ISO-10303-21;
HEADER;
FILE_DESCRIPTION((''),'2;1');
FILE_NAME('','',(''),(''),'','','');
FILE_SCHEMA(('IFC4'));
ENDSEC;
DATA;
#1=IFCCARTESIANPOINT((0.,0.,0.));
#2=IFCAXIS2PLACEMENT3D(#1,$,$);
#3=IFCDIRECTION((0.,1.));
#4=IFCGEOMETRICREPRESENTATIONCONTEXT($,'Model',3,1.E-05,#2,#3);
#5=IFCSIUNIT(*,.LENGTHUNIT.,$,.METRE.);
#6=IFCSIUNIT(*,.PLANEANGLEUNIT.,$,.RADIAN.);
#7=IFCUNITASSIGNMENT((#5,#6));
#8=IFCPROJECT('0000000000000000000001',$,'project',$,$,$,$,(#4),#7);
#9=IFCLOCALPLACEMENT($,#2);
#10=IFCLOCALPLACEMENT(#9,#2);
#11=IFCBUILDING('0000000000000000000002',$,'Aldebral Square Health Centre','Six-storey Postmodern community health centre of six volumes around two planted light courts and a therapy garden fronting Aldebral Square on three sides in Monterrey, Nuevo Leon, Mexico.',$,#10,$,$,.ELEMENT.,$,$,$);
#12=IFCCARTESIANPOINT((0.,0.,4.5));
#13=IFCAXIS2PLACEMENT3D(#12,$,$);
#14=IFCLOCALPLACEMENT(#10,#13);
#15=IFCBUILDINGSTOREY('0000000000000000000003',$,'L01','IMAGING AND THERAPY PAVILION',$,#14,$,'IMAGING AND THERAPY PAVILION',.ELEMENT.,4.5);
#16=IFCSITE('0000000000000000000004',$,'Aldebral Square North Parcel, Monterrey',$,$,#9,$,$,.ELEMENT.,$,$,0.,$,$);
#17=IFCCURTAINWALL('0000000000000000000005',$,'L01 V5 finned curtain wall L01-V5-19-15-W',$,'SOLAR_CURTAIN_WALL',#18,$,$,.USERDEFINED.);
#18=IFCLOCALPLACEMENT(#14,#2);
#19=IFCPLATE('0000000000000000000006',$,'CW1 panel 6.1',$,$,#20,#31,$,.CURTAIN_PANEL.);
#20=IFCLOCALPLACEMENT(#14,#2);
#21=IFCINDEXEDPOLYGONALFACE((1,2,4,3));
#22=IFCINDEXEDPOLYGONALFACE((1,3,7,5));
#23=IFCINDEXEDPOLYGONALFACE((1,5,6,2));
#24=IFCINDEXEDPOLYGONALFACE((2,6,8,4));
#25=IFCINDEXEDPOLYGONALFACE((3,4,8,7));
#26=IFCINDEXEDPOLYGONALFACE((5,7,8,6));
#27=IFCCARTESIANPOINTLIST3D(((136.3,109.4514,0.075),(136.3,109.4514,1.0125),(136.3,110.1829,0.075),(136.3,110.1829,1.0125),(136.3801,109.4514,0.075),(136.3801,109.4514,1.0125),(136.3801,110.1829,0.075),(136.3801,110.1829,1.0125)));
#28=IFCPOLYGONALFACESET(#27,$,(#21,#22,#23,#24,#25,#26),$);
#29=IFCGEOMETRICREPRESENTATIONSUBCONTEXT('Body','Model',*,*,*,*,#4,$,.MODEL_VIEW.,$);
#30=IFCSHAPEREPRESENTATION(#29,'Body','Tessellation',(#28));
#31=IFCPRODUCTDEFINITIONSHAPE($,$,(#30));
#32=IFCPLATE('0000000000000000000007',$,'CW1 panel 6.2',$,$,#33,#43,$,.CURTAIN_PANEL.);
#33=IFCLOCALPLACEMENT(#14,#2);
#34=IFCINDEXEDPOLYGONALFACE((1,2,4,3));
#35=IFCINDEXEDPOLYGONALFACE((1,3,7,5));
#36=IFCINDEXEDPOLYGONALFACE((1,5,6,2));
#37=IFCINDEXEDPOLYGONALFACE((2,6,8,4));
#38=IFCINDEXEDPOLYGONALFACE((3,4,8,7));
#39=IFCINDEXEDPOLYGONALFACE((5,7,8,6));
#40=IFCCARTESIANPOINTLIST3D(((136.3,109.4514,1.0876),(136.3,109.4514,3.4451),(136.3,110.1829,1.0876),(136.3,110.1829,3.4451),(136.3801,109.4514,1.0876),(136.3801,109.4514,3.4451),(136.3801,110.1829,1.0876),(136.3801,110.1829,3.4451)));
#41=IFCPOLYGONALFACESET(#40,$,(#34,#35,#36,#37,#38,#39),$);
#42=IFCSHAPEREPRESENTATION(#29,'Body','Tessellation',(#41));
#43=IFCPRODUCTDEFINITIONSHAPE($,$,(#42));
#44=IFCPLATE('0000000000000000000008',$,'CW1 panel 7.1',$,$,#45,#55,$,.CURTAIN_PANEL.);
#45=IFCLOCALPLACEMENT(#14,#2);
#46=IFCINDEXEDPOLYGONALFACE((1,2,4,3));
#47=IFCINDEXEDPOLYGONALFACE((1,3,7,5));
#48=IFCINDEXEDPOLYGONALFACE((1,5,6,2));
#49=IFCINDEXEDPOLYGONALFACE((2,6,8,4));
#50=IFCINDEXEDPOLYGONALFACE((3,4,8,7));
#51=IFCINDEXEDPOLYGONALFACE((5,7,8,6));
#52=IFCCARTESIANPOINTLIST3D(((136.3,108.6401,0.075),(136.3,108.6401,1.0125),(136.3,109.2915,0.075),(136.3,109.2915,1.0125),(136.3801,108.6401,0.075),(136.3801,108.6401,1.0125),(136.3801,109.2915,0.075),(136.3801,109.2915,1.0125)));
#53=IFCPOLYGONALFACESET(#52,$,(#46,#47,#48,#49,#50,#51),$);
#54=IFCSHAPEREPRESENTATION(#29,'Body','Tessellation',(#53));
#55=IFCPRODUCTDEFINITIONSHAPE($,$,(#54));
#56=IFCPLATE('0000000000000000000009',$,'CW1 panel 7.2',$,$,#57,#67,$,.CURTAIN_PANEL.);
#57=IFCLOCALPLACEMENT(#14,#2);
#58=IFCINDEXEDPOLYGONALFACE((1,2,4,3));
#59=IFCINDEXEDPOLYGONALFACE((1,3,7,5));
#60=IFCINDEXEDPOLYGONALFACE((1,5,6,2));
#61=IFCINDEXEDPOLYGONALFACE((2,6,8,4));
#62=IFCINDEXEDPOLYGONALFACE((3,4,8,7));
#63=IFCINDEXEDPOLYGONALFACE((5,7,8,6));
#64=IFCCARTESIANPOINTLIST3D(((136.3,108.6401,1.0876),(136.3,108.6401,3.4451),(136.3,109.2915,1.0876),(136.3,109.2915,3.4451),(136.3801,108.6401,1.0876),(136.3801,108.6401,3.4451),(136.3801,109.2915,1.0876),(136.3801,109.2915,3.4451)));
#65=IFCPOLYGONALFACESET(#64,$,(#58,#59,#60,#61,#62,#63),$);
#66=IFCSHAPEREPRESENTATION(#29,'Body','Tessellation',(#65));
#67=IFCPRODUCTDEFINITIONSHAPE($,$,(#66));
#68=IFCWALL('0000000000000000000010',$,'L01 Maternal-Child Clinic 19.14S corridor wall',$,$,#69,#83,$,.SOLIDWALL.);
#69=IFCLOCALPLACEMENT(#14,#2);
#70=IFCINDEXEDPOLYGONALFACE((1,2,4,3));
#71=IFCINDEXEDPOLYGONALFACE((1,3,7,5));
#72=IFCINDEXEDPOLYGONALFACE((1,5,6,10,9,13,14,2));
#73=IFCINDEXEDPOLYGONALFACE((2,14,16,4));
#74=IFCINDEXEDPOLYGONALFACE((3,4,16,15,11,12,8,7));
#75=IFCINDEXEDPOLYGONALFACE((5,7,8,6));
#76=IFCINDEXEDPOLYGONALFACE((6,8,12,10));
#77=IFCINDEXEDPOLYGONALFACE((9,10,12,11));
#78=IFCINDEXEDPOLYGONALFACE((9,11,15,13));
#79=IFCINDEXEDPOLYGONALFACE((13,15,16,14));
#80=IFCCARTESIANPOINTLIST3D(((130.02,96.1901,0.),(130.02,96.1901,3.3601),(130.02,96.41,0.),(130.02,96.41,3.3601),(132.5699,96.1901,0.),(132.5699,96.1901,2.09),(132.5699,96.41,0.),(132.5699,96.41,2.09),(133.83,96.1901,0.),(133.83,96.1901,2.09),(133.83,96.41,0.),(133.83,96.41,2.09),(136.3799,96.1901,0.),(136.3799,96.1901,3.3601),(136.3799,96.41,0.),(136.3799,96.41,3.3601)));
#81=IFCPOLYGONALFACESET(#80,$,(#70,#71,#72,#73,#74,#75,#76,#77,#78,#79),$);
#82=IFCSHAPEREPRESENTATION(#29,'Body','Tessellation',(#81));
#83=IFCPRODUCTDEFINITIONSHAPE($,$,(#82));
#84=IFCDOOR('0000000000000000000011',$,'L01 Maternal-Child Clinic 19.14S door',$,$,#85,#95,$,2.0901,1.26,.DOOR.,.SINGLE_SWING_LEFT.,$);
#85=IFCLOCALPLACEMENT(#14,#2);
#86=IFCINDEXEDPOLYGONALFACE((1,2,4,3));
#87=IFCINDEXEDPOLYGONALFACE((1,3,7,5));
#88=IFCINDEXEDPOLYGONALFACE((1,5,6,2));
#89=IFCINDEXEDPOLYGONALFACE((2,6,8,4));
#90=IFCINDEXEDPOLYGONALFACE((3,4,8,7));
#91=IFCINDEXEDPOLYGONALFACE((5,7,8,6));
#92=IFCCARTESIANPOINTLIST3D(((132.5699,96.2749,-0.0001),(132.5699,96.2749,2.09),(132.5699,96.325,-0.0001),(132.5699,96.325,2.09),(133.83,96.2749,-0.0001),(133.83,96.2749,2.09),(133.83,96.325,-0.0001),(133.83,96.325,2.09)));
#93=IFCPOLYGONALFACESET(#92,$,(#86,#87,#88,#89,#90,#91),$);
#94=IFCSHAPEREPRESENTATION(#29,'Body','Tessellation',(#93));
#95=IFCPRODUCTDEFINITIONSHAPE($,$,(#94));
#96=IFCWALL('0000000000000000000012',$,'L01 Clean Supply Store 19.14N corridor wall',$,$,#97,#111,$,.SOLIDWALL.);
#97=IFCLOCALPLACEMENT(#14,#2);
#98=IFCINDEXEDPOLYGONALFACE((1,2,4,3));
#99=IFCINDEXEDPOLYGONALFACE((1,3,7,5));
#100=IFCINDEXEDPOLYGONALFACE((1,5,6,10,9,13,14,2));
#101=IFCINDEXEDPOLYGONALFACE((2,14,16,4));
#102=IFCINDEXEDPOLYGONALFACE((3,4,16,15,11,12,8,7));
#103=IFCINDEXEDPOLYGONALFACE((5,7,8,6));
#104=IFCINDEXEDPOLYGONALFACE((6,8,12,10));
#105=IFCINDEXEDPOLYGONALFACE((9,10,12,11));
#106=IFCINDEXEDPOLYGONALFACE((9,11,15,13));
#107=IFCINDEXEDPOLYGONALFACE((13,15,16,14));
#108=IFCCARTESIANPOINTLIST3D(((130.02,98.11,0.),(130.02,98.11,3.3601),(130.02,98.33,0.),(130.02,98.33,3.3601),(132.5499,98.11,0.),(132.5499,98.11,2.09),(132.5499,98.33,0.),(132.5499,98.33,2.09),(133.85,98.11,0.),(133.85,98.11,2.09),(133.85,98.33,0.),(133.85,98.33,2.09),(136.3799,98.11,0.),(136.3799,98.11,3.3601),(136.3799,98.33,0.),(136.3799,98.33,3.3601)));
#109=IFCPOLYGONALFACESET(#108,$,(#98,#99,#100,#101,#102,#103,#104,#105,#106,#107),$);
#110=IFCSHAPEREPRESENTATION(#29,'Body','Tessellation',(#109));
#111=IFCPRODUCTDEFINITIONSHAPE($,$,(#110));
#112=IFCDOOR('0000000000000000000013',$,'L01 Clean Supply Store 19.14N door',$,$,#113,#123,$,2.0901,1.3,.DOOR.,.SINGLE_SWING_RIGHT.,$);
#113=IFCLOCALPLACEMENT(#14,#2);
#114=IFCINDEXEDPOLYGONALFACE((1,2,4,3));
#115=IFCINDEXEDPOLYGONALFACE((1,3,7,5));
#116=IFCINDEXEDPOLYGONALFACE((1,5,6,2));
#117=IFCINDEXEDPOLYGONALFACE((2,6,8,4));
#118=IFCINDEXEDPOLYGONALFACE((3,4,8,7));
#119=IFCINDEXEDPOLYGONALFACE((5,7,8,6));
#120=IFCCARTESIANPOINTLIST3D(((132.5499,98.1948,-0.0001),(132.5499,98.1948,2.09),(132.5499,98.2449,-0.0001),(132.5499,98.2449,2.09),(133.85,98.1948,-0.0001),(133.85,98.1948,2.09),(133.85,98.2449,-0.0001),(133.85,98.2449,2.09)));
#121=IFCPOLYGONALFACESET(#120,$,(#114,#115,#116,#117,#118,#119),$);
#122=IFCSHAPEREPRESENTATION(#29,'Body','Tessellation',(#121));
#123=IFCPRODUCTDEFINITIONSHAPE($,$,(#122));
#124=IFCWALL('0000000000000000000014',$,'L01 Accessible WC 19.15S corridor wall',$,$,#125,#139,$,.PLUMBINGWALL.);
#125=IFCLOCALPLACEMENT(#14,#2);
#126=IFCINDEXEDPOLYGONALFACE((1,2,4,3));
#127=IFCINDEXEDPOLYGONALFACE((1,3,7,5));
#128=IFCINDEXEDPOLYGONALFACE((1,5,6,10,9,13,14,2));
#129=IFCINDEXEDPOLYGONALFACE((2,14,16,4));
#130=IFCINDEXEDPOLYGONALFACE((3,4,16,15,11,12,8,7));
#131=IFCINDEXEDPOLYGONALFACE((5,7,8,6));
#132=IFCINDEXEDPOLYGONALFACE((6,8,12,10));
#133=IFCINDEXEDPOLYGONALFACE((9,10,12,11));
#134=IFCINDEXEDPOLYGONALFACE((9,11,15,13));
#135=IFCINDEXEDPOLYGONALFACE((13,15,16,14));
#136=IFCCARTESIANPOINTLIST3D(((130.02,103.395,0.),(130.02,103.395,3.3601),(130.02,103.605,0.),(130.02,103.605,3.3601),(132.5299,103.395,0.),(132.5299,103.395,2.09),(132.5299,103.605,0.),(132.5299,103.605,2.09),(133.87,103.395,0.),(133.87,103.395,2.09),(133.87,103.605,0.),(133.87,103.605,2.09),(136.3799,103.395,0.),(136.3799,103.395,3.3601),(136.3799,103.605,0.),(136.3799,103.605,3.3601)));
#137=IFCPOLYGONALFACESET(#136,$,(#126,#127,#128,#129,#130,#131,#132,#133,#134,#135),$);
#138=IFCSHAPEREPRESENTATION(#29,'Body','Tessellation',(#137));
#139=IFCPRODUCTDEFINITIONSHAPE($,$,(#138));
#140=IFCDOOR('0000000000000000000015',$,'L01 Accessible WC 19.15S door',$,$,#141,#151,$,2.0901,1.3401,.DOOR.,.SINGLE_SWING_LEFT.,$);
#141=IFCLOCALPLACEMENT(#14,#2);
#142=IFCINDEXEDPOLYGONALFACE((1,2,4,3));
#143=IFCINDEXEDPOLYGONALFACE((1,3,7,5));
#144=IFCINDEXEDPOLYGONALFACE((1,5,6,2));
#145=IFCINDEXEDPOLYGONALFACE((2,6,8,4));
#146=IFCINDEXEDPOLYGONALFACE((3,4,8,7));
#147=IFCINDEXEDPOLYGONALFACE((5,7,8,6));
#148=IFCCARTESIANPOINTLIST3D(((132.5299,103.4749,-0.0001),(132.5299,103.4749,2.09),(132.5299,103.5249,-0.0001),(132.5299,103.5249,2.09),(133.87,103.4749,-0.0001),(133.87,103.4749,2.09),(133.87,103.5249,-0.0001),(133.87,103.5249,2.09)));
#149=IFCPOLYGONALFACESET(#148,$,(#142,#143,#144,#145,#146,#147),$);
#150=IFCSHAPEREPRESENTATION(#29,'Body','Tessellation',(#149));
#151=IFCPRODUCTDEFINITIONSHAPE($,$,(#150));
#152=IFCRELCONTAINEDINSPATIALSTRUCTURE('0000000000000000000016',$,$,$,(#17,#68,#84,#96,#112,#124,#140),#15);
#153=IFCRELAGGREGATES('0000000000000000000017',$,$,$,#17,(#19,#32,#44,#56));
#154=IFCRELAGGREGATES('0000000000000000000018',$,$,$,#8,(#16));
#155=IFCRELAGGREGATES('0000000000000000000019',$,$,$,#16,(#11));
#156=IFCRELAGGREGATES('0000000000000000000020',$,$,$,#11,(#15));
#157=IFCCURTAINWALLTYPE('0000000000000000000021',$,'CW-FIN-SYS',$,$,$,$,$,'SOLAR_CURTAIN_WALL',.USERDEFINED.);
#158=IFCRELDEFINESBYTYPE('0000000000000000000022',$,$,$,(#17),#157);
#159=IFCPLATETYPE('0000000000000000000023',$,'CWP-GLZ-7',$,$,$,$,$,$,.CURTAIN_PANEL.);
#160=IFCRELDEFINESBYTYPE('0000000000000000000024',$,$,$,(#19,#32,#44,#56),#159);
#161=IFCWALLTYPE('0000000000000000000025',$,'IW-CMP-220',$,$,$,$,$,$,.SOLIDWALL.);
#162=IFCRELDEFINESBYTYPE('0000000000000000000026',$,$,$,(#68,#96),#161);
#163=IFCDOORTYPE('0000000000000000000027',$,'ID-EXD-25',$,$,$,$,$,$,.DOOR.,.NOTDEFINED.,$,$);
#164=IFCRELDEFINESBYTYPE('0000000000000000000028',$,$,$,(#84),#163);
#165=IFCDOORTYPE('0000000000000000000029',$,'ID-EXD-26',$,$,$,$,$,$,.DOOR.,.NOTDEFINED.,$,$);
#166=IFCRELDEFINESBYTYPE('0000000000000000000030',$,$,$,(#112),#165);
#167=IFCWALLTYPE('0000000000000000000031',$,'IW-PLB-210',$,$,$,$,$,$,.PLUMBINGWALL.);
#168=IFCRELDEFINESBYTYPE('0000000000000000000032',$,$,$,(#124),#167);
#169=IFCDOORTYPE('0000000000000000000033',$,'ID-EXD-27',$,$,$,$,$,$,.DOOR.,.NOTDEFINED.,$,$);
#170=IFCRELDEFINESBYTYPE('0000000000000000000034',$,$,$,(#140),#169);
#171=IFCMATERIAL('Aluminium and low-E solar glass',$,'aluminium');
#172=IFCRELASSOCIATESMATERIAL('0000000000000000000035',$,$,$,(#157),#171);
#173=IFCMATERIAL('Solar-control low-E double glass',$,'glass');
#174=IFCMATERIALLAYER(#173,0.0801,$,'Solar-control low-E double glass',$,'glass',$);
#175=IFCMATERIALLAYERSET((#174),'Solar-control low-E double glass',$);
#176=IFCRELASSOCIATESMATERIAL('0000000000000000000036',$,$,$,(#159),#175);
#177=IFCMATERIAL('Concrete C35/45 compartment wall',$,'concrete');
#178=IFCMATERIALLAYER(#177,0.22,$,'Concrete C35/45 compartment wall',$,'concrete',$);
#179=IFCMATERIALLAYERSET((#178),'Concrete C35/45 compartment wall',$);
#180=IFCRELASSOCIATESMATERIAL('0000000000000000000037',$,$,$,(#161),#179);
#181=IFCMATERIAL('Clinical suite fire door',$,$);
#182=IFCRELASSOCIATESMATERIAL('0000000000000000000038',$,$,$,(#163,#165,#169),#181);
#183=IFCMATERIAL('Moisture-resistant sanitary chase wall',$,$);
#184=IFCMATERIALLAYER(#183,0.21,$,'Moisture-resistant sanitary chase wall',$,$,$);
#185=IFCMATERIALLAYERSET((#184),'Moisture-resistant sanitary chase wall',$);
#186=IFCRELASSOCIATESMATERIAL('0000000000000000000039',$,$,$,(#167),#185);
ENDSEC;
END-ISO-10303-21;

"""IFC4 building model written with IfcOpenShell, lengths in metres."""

from ifc_helpers import new_model, si_unit, direction, frame, frame_2d, origin, origin_2d, place, context, subcontext, project, spatial, rectangle, extrude, material, layer, layer_set, type_object, element, fill, aggregate, save


model = new_model("IFC4")

# Units and contexts
model_context = context("Model", 3, precision=1e-05, world=origin(), true_north=direction((0.0, 1.0)))
body_context = subcontext(model_context, "Body", "Model", "MODEL_VIEW")
ifc_project = project(units=[si_unit("LENGTHUNIT", "METRE"), si_unit("PLANEANGLEUNIT", "RADIAN")], contexts=[model_context])

# Site, building, storey
site_placement = place(None, origin())
site = spatial("IfcSite", under=ifc_project, at=site_placement, Name="Aldebral Square North Parcel, Monterrey", CompositionType="ELEMENT", RefElevation=0.0)
building_placement = place(site_placement, origin())
building = spatial("IfcBuilding", under=site, at=building_placement, Name="Aldebral Square Health Centre", Description="Six-storey Postmodern community health centre of six volumes around two planted light courts and a therapy garden fronting Aldebral Square on three sides in Monterrey, Nuevo Leon, Mexico.", CompositionType="ELEMENT")
storey_placement = place(building_placement, frame((0.0, 0.0, 4.5)))
storey = spatial("IfcBuildingStorey", under=building, at=storey_placement, Name="L01", Description="IMAGING AND THERAPY PAVILION", LongName="IMAGING AND THERAPY PAVILION", CompositionType="ELEMENT", Elevation=4.5)

# Curtain wall, plates
ifc_material_1 = material(Name="Aluminium and low-E solar glass", Category="aluminium")
curtain_wall_type = type_object("IfcCurtainWallType", Name="CW-FIN-SYS", ElementType="SOLAR_CURTAIN_WALL", PredefinedType="USERDEFINED", material=ifc_material_1)
curtain_wall_placement = place(storey_placement, origin())
curtain_wall = element("IfcCurtainWall", 1, at=curtain_wall_placement, inside=storey, type_object=curtain_wall_type, Name="L01 V5 finned curtain wall L01-V5-19-15-W", ObjectType="SOLAR_CURTAIN_WALL", PredefinedType="USERDEFINED")
ifc_material_2 = material(Name="Solar-control low-E double glass", Category="glass")
ifc_layer_1 = layer(ifc_material_2, 0.0801, Name="Solar-control low-E double glass", Category="glass")
ifc_layer_set_1 = layer_set([ifc_layer_1], Name="Solar-control low-E double glass")
plate_type = type_object("IfcPlateType", Name="CWP-GLZ-7", PredefinedType="CURTAIN_PANEL", material=ifc_layer_set_1)
plate_1_placement = place(storey_placement, frame((136.3401, 109.8171, 0.075), z_axis=(0.0, 0.0, 1.0), x_axis=(0.0, -1.0, 0.0)))
plate_1 = element("IfcPlate", 2, at=plate_1_placement, type_object=plate_type, Name="CW1 panel 6.1", PredefinedType="CURTAIN_PANEL", context=body_context, shape_type="SweptSolid", body=[
    extrude(rectangle(XDim=0.7314, YDim=0.0801, at=origin_2d()), origin(), (0.0, 0.0, 1.0), 0.9375),
])
plate_2_placement = place(storey_placement, frame((136.3401, 109.8171, 1.0876), z_axis=(0.0, 0.0, 1.0), x_axis=(0.0, -1.0, 0.0)))
plate_2 = element("IfcPlate", 3, at=plate_2_placement, type_object=plate_type, Name="CW1 panel 6.2", PredefinedType="CURTAIN_PANEL", context=body_context, shape_type="SweptSolid", body=[
    extrude(rectangle(XDim=0.7314, YDim=0.0801, at=origin_2d()), origin(), (0.0, 0.0, 1.0), 2.3574),
])
plate_3_placement = place(storey_placement, frame((136.3401, 108.9658, 0.075), z_axis=(0.0, 0.0, 1.0), x_axis=(0.0, -1.0, 0.0)))
plate_3 = element("IfcPlate", 4, at=plate_3_placement, type_object=plate_type, Name="CW1 panel 7.1", PredefinedType="CURTAIN_PANEL", context=body_context, shape_type="SweptSolid", body=[
    extrude(rectangle(XDim=0.6514, YDim=0.0801, at=origin_2d()), origin(), (0.0, 0.0, 1.0), 0.9375),
])
plate_4_placement = place(storey_placement, frame((136.3401, 108.9658, 1.0876), z_axis=(0.0, 0.0, 1.0), x_axis=(0.0, -1.0, 0.0)))
plate_4 = element("IfcPlate", 5, at=plate_4_placement, type_object=plate_type, Name="CW1 panel 7.2", PredefinedType="CURTAIN_PANEL", context=body_context, shape_type="SweptSolid", body=[
    extrude(rectangle(XDim=0.6514, YDim=0.0801, at=origin_2d()), origin(), (0.0, 0.0, 1.0), 2.3574),
])
aggregate(curtain_wall, [plate_1, plate_2, plate_3, plate_4])

# Walls, openings, doors
ifc_material_3 = material(Name="Concrete C35/45 compartment wall", Category="concrete")
ifc_layer_2 = layer(ifc_material_3, 0.22, Name="Concrete C35/45 compartment wall", Category="concrete")
ifc_layer_set_2 = layer_set([ifc_layer_2], Name="Concrete C35/45 compartment wall")
wall_type_1 = type_object("IfcWallType", Name="IW-CMP-220", PredefinedType="SOLIDWALL", material=ifc_layer_set_2)
wall_1_placement = place(storey_placement, frame((130.02, 96.3, 0.0), z_axis=(0.0, 0.0, 1.0), x_axis=(1.0, 0.0, 0.0)))
wall_1 = element("IfcWall", 6, at=wall_1_placement, inside=storey, type_object=wall_type_1, Name="L01 Maternal-Child Clinic 19.14S corridor wall", PredefinedType="SOLIDWALL", context=body_context, shape_type="SweptSolid", body=[
    extrude(rectangle(XDim=6.3599, YDim=0.22, at=frame_2d((3.1799, 0.0))), origin(), (0.0, 0.0, 1.0), 3.3601),
])
opening_1_placement = place(wall_1_placement, frame((2.55, 0.0, 0.0)))
opening_1 = element("IfcOpeningElement", 7, at=opening_1_placement, cuts=wall_1, PredefinedType="OPENING", context=body_context, shape_type="SweptSolid", body=[
    extrude(rectangle(XDim=1.26, YDim=2.0901, at=frame_2d((0.6299, 1.0449))), frame((0.0, 0.1201, 0.0), z_axis=(0.0, -1.0, 0.0), x_axis=(1.0, 0.0, 0.0)), (0.0, 0.0, 1.0), 0.24),
])
ifc_material_4 = material(Name="Clinical suite fire door")
door_type_1 = type_object("IfcDoorType", Name="ID-EXD-25", OperationType="NOTDEFINED", PredefinedType="DOOR", material=ifc_material_4)
door_1_placement = place(opening_1_placement, origin())
door_1 = element("IfcDoor", 8, at=door_1_placement, inside=storey, type_object=door_type_1, Name="L01 Maternal-Child Clinic 19.14S door", OperationType="SINGLE_SWING_LEFT", OverallHeight=2.0901, OverallWidth=1.26, PredefinedType="DOOR", context=body_context, shape_type="SweptSolid", body=[
    extrude(rectangle(XDim=1.26, YDim=2.0901, at=frame_2d((0.6299, 1.0449))), frame((0.0, 0.0249, 0.0), z_axis=(0.0, -1.0, 0.0), x_axis=(1.0, 0.0, 0.0)), (0.0, 0.0, 1.0), 0.05),
])
fill(opening_1, door_1)
wall_2_placement = place(storey_placement, frame((130.02, 98.22, 0.0), z_axis=(0.0, 0.0, 1.0), x_axis=(1.0, 0.0, 0.0)))
wall_2 = element("IfcWall", 9, at=wall_2_placement, inside=storey, type_object=wall_type_1, Name="L01 Clean Supply Store 19.14N corridor wall", PredefinedType="SOLIDWALL", context=body_context, shape_type="SweptSolid", body=[
    extrude(rectangle(XDim=6.3599, YDim=0.22, at=frame_2d((3.1799, 0.0))), origin(), (0.0, 0.0, 1.0), 3.3601),
])
opening_2_placement = place(wall_2_placement, frame((2.53, 0.0, 0.0)))
opening_2 = element("IfcOpeningElement", 10, at=opening_2_placement, cuts=wall_2, PredefinedType="OPENING", context=body_context, shape_type="SweptSolid", body=[
    extrude(rectangle(XDim=1.3, YDim=2.0901, at=frame_2d((0.6499, 1.0449))), frame((0.0, 0.1201, 0.0), z_axis=(0.0, -1.0, 0.0), x_axis=(1.0, 0.0, 0.0)), (0.0, 0.0, 1.0), 0.24),
])
door_type_2 = type_object("IfcDoorType", Name="ID-EXD-26", OperationType="NOTDEFINED", PredefinedType="DOOR", material=ifc_material_4)
door_2_placement = place(opening_2_placement, origin())
door_2 = element("IfcDoor", 11, at=door_2_placement, inside=storey, type_object=door_type_2, Name="L01 Clean Supply Store 19.14N door", OperationType="SINGLE_SWING_RIGHT", OverallHeight=2.0901, OverallWidth=1.3, PredefinedType="DOOR", context=body_context, shape_type="SweptSolid", body=[
    extrude(rectangle(XDim=1.3, YDim=2.0901, at=frame_2d((0.6499, 1.0449))), frame((0.0, 0.0249, 0.0), z_axis=(0.0, -1.0, 0.0), x_axis=(1.0, 0.0, 0.0)), (0.0, 0.0, 1.0), 0.05),
])
fill(opening_2, door_2)
ifc_material_5 = material(Name="Moisture-resistant sanitary chase wall")
ifc_layer_3 = layer(ifc_material_5, 0.21, Name="Moisture-resistant sanitary chase wall")
ifc_layer_set_3 = layer_set([ifc_layer_3], Name="Moisture-resistant sanitary chase wall")
wall_type_2 = type_object("IfcWallType", Name="IW-PLB-210", PredefinedType="PLUMBINGWALL", material=ifc_layer_set_3)
wall_3_placement = place(storey_placement, frame((130.02, 103.5, 0.0), z_axis=(0.0, 0.0, 1.0), x_axis=(1.0, 0.0, 0.0)))
wall_3 = element("IfcWall", 12, at=wall_3_placement, inside=storey, type_object=wall_type_2, Name="L01 Accessible WC 19.15S corridor wall", PredefinedType="PLUMBINGWALL", context=body_context, shape_type="SweptSolid", body=[
    extrude(rectangle(XDim=6.3599, YDim=0.21, at=frame_2d((3.1799, 0.0))), origin(), (0.0, 0.0, 1.0), 3.3601),
])
opening_3_placement = place(wall_3_placement, frame((2.51, 0.0, 0.0)))
opening_3 = element("IfcOpeningElement", 13, at=opening_3_placement, cuts=wall_3, PredefinedType="OPENING", context=body_context, shape_type="SweptSolid", body=[
    extrude(rectangle(XDim=1.3401, YDim=2.0901, at=frame_2d((0.6699, 1.0449))), frame((0.0, 0.115, 0.0), z_axis=(0.0, -1.0, 0.0), x_axis=(1.0, 0.0, 0.0)), (0.0, 0.0, 1.0), 0.23),
])
door_type_3 = type_object("IfcDoorType", Name="ID-EXD-27", OperationType="NOTDEFINED", PredefinedType="DOOR", material=ifc_material_4)
door_3_placement = place(opening_3_placement, origin())
door_3 = element("IfcDoor", 14, at=door_3_placement, inside=storey, type_object=door_type_3, Name="L01 Accessible WC 19.15S door", OperationType="SINGLE_SWING_LEFT", OverallHeight=2.0901, OverallWidth=1.3401, PredefinedType="DOOR", context=body_context, shape_type="SweptSolid", body=[
    extrude(rectangle(XDim=1.3401, YDim=2.0901, at=frame_2d((0.6699, 1.0449))), frame((0.0, 0.0249, 0.0), z_axis=(0.0, -1.0, 0.0), x_axis=(1.0, 0.0, 0.0)), (0.0, 0.0, 1.0), 0.05),
])
fill(opening_3, door_3)

save(model, "model.ifc")
